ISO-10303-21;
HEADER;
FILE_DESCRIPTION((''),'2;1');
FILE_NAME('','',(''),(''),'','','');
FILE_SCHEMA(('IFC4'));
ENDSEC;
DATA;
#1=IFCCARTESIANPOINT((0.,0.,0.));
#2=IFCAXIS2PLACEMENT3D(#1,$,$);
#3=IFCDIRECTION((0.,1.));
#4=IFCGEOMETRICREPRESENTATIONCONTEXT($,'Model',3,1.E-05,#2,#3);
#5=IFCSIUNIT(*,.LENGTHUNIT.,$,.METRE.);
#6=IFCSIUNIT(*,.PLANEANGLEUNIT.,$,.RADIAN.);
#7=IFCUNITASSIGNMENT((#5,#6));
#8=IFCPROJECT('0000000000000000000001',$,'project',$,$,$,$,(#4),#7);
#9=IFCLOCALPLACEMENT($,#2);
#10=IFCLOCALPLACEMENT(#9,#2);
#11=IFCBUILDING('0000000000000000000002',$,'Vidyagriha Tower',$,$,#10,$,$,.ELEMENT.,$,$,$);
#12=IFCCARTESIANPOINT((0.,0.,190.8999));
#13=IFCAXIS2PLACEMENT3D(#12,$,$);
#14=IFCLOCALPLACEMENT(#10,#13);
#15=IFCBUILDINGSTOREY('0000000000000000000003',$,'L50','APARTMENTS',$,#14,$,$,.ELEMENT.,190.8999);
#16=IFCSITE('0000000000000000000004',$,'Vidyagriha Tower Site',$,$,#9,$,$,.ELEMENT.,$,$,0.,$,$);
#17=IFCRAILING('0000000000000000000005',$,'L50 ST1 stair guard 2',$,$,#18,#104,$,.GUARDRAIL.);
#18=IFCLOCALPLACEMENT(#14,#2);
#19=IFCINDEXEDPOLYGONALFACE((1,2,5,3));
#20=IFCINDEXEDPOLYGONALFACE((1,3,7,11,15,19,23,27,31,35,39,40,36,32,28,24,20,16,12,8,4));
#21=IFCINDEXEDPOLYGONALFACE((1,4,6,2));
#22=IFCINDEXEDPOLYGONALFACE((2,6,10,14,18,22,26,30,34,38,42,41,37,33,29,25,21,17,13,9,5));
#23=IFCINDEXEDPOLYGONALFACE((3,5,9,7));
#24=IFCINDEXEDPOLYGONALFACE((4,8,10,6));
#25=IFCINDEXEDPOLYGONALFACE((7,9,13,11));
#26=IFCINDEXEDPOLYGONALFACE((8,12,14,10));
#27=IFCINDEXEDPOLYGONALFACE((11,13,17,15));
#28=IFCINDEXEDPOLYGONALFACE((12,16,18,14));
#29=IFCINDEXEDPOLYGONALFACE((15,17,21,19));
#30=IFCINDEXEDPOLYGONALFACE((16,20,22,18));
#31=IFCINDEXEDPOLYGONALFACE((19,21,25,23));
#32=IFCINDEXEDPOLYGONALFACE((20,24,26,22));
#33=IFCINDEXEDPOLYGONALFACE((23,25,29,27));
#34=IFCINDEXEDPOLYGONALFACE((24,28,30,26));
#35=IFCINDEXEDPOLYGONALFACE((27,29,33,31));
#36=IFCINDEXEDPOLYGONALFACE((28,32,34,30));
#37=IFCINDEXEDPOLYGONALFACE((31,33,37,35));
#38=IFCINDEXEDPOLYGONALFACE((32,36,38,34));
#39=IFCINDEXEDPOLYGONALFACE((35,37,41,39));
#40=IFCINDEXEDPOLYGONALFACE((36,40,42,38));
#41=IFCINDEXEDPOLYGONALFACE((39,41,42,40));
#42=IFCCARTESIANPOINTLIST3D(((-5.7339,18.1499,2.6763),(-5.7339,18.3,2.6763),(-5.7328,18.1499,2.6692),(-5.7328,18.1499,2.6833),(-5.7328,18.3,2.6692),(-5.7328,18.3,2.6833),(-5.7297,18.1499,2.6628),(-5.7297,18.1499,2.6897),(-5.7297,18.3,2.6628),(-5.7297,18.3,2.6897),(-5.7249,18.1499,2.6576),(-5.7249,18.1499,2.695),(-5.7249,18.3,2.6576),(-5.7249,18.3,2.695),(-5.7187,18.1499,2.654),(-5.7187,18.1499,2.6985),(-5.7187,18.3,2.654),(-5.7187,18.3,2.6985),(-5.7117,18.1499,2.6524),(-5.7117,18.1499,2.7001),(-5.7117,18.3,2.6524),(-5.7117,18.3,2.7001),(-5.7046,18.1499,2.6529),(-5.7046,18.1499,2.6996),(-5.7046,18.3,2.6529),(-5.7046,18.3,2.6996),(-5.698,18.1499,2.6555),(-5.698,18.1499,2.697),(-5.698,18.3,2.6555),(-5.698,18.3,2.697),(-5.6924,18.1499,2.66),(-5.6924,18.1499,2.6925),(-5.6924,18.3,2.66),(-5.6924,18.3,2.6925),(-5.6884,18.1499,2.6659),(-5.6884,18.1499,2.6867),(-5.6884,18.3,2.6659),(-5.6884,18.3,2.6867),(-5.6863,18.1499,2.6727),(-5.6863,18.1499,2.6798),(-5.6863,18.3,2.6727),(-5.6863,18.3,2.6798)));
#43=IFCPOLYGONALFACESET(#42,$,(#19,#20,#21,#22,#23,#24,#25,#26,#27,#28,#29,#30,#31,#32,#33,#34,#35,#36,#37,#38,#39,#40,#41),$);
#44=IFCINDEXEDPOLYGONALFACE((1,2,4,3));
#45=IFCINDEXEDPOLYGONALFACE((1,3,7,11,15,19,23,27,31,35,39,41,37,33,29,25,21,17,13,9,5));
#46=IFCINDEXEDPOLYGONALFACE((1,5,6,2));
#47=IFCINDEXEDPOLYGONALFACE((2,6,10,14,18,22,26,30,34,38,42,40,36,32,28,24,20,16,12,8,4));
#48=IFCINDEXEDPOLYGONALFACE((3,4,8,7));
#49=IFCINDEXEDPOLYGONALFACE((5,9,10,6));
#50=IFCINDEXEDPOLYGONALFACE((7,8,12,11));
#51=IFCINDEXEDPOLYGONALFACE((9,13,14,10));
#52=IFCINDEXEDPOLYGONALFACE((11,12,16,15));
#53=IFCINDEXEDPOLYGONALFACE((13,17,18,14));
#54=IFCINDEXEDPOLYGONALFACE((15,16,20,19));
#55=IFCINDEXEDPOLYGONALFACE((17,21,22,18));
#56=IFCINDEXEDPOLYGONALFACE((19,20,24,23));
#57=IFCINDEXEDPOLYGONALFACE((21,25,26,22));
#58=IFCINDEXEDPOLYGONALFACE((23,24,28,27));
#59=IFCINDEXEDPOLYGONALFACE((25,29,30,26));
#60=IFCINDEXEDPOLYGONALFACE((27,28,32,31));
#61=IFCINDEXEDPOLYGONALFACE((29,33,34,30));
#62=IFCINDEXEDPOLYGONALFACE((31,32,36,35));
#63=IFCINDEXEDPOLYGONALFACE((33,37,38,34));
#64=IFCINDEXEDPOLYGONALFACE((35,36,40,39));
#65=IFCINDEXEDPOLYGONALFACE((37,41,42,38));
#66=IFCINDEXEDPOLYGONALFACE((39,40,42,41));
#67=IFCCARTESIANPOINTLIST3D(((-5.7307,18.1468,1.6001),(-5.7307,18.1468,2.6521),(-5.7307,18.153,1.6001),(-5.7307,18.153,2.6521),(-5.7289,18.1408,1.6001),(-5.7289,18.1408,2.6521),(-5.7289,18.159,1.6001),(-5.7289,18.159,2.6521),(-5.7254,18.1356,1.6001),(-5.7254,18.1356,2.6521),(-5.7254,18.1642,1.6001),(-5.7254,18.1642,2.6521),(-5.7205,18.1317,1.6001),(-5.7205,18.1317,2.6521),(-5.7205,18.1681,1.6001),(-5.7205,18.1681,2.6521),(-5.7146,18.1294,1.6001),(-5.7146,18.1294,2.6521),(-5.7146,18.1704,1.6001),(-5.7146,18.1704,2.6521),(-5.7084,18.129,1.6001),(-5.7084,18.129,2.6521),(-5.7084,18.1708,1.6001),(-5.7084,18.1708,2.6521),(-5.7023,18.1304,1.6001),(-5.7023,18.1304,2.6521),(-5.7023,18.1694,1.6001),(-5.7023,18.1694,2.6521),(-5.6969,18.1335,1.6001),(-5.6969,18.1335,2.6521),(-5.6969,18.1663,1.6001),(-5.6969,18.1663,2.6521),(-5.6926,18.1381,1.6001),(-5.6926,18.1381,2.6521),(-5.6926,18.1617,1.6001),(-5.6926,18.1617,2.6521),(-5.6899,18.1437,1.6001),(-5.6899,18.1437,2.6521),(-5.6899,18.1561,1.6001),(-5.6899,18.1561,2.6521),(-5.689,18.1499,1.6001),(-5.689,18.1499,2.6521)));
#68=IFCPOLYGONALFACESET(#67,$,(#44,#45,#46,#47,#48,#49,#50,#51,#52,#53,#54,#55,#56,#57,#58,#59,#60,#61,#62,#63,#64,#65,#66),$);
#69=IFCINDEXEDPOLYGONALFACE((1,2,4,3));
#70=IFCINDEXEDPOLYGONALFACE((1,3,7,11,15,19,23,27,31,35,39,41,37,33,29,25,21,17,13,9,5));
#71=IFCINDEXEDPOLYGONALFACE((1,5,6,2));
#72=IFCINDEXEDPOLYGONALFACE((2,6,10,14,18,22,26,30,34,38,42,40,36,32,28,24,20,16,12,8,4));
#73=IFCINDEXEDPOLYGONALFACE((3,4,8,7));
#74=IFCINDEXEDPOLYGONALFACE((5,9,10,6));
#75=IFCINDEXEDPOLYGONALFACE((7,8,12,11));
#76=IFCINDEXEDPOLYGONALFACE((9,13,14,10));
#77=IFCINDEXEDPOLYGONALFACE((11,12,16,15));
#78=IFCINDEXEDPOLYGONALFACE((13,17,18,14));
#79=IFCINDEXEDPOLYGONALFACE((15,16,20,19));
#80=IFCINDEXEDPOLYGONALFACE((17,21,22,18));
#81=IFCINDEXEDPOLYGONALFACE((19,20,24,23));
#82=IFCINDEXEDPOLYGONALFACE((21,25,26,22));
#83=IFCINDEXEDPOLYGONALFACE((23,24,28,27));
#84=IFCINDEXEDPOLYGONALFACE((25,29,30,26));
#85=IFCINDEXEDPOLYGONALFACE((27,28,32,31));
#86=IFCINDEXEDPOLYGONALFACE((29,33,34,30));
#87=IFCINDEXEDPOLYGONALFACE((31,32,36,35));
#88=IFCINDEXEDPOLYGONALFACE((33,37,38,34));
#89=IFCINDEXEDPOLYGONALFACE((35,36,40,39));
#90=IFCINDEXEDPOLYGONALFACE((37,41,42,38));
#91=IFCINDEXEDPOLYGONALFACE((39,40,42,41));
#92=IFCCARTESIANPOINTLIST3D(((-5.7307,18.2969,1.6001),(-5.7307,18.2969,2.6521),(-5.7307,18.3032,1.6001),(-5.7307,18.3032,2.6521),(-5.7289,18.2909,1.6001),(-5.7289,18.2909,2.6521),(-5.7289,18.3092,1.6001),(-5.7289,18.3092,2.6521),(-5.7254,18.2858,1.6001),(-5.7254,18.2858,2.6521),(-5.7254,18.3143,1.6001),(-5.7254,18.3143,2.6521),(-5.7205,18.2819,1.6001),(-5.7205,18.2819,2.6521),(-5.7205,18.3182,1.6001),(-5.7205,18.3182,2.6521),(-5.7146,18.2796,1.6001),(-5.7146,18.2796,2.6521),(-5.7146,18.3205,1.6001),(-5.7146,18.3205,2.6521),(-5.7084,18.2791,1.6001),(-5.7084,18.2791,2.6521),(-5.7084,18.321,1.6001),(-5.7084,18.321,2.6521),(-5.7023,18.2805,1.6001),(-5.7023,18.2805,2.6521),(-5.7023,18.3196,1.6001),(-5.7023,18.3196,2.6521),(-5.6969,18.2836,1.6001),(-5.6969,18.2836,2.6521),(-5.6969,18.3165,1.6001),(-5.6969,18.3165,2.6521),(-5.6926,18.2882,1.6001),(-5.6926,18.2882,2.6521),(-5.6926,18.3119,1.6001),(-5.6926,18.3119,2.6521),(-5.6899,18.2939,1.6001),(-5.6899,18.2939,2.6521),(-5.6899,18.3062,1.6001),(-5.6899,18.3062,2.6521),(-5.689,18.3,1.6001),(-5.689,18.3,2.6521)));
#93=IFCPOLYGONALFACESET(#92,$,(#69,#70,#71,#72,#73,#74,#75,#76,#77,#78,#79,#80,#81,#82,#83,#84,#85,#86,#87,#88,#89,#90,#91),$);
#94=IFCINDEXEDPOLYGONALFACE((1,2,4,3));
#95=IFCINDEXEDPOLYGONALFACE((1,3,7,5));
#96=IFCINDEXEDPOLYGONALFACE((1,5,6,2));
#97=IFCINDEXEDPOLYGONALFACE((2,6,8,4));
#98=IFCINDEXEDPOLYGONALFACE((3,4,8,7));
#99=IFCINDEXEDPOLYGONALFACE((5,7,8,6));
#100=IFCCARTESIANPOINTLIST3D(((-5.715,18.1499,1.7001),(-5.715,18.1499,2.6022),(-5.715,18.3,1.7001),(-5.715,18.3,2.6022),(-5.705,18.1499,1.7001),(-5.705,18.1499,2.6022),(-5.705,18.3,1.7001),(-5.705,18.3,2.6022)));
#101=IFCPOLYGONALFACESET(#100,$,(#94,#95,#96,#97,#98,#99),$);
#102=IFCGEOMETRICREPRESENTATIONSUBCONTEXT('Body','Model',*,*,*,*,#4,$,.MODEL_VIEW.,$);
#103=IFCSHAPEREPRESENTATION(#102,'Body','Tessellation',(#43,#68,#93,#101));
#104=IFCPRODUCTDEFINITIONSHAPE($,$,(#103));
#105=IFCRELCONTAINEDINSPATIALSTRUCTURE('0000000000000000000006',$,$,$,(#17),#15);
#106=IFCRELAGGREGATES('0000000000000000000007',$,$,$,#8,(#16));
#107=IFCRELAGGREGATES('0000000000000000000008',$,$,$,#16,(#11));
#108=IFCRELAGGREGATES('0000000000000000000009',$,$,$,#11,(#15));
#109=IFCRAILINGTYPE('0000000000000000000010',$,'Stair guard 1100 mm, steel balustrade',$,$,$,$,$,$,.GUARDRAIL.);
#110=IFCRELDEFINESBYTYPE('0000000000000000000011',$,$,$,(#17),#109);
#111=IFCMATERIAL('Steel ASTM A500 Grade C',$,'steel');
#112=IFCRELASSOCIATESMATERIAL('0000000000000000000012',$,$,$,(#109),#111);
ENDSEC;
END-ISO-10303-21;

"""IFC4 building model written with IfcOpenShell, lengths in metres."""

from ifc_helpers import new_model, si_unit, direction, frame, origin, origin_2d, place, context, subcontext, project, spatial, rectangle, circle, extrude, material, type_object, element, save


model = new_model("IFC4")

# Units and contexts
model_context = context("Model", 3, precision=1e-05, world=origin(), true_north=direction((0.0, 1.0)))
body_context = subcontext(model_context, "Body", "Model", "MODEL_VIEW")
ifc_project = project(units=[si_unit("LENGTHUNIT", "METRE"), si_unit("PLANEANGLEUNIT", "RADIAN")], contexts=[model_context])

# Site, building, storey
site_placement = place(None, origin())
site = spatial("IfcSite", under=ifc_project, at=site_placement, Name="Vidyagriha Tower Site", CompositionType="ELEMENT", RefElevation=0.0)
building_placement = place(site_placement, origin())
building = spatial("IfcBuilding", under=site, at=building_placement, Name="Vidyagriha Tower", CompositionType="ELEMENT")
storey_placement = place(building_placement, frame((0.0, 0.0, 190.8999)))
storey = spatial("IfcBuildingStorey", under=building, at=storey_placement, Name="L50", Description="APARTMENTS", CompositionType="ELEMENT", Elevation=190.8999)

# Railing
ifc_material_1 = material(Name="Steel ASTM A500 Grade C", Category="steel")
railing_type_1 = type_object("IfcRailingType", Name="Stair guard 1100 mm, steel balustrade", PredefinedType="GUARDRAIL", material=ifc_material_1)
railing_1_placement = place(storey_placement, frame((-5.71, 18.1499, 1.6001)))
element("IfcRailing", 1, at=railing_1_placement, inside=storey, type_object=railing_type_1, Name="L50 ST1 stair guard 2", PredefinedType="GUARDRAIL", context=body_context, shape_type="SweptSolid", body=[
    extrude(circle(Radius=0.0239, at=origin_2d()), frame((0.0, 0.0, 1.0762), z_axis=(0.0, 1.0, 0.0), x_axis=(-1.0, 0.0, 0.0)), (0.0, 0.0, 1.0), 0.1501),
    extrude(circle(Radius=0.021, at=origin_2d()), origin(), (0.0, 0.0, 1.0), 1.052),
    extrude(circle(Radius=0.021, at=origin_2d()), frame((0.0, 0.1501, 0.0)), (0.0, 0.0, 1.0), 1.052),
    extrude(rectangle(XDim=0.01, YDim=0.9021, at=origin_2d()), frame((0.0, 0.0, 0.551), z_axis=(0.0, 1.0, 0.0), x_axis=(-1.0, 0.0, 0.0)), (0.0, 0.0, 1.0), 0.1501),
])

save(model, "model.ifc")
